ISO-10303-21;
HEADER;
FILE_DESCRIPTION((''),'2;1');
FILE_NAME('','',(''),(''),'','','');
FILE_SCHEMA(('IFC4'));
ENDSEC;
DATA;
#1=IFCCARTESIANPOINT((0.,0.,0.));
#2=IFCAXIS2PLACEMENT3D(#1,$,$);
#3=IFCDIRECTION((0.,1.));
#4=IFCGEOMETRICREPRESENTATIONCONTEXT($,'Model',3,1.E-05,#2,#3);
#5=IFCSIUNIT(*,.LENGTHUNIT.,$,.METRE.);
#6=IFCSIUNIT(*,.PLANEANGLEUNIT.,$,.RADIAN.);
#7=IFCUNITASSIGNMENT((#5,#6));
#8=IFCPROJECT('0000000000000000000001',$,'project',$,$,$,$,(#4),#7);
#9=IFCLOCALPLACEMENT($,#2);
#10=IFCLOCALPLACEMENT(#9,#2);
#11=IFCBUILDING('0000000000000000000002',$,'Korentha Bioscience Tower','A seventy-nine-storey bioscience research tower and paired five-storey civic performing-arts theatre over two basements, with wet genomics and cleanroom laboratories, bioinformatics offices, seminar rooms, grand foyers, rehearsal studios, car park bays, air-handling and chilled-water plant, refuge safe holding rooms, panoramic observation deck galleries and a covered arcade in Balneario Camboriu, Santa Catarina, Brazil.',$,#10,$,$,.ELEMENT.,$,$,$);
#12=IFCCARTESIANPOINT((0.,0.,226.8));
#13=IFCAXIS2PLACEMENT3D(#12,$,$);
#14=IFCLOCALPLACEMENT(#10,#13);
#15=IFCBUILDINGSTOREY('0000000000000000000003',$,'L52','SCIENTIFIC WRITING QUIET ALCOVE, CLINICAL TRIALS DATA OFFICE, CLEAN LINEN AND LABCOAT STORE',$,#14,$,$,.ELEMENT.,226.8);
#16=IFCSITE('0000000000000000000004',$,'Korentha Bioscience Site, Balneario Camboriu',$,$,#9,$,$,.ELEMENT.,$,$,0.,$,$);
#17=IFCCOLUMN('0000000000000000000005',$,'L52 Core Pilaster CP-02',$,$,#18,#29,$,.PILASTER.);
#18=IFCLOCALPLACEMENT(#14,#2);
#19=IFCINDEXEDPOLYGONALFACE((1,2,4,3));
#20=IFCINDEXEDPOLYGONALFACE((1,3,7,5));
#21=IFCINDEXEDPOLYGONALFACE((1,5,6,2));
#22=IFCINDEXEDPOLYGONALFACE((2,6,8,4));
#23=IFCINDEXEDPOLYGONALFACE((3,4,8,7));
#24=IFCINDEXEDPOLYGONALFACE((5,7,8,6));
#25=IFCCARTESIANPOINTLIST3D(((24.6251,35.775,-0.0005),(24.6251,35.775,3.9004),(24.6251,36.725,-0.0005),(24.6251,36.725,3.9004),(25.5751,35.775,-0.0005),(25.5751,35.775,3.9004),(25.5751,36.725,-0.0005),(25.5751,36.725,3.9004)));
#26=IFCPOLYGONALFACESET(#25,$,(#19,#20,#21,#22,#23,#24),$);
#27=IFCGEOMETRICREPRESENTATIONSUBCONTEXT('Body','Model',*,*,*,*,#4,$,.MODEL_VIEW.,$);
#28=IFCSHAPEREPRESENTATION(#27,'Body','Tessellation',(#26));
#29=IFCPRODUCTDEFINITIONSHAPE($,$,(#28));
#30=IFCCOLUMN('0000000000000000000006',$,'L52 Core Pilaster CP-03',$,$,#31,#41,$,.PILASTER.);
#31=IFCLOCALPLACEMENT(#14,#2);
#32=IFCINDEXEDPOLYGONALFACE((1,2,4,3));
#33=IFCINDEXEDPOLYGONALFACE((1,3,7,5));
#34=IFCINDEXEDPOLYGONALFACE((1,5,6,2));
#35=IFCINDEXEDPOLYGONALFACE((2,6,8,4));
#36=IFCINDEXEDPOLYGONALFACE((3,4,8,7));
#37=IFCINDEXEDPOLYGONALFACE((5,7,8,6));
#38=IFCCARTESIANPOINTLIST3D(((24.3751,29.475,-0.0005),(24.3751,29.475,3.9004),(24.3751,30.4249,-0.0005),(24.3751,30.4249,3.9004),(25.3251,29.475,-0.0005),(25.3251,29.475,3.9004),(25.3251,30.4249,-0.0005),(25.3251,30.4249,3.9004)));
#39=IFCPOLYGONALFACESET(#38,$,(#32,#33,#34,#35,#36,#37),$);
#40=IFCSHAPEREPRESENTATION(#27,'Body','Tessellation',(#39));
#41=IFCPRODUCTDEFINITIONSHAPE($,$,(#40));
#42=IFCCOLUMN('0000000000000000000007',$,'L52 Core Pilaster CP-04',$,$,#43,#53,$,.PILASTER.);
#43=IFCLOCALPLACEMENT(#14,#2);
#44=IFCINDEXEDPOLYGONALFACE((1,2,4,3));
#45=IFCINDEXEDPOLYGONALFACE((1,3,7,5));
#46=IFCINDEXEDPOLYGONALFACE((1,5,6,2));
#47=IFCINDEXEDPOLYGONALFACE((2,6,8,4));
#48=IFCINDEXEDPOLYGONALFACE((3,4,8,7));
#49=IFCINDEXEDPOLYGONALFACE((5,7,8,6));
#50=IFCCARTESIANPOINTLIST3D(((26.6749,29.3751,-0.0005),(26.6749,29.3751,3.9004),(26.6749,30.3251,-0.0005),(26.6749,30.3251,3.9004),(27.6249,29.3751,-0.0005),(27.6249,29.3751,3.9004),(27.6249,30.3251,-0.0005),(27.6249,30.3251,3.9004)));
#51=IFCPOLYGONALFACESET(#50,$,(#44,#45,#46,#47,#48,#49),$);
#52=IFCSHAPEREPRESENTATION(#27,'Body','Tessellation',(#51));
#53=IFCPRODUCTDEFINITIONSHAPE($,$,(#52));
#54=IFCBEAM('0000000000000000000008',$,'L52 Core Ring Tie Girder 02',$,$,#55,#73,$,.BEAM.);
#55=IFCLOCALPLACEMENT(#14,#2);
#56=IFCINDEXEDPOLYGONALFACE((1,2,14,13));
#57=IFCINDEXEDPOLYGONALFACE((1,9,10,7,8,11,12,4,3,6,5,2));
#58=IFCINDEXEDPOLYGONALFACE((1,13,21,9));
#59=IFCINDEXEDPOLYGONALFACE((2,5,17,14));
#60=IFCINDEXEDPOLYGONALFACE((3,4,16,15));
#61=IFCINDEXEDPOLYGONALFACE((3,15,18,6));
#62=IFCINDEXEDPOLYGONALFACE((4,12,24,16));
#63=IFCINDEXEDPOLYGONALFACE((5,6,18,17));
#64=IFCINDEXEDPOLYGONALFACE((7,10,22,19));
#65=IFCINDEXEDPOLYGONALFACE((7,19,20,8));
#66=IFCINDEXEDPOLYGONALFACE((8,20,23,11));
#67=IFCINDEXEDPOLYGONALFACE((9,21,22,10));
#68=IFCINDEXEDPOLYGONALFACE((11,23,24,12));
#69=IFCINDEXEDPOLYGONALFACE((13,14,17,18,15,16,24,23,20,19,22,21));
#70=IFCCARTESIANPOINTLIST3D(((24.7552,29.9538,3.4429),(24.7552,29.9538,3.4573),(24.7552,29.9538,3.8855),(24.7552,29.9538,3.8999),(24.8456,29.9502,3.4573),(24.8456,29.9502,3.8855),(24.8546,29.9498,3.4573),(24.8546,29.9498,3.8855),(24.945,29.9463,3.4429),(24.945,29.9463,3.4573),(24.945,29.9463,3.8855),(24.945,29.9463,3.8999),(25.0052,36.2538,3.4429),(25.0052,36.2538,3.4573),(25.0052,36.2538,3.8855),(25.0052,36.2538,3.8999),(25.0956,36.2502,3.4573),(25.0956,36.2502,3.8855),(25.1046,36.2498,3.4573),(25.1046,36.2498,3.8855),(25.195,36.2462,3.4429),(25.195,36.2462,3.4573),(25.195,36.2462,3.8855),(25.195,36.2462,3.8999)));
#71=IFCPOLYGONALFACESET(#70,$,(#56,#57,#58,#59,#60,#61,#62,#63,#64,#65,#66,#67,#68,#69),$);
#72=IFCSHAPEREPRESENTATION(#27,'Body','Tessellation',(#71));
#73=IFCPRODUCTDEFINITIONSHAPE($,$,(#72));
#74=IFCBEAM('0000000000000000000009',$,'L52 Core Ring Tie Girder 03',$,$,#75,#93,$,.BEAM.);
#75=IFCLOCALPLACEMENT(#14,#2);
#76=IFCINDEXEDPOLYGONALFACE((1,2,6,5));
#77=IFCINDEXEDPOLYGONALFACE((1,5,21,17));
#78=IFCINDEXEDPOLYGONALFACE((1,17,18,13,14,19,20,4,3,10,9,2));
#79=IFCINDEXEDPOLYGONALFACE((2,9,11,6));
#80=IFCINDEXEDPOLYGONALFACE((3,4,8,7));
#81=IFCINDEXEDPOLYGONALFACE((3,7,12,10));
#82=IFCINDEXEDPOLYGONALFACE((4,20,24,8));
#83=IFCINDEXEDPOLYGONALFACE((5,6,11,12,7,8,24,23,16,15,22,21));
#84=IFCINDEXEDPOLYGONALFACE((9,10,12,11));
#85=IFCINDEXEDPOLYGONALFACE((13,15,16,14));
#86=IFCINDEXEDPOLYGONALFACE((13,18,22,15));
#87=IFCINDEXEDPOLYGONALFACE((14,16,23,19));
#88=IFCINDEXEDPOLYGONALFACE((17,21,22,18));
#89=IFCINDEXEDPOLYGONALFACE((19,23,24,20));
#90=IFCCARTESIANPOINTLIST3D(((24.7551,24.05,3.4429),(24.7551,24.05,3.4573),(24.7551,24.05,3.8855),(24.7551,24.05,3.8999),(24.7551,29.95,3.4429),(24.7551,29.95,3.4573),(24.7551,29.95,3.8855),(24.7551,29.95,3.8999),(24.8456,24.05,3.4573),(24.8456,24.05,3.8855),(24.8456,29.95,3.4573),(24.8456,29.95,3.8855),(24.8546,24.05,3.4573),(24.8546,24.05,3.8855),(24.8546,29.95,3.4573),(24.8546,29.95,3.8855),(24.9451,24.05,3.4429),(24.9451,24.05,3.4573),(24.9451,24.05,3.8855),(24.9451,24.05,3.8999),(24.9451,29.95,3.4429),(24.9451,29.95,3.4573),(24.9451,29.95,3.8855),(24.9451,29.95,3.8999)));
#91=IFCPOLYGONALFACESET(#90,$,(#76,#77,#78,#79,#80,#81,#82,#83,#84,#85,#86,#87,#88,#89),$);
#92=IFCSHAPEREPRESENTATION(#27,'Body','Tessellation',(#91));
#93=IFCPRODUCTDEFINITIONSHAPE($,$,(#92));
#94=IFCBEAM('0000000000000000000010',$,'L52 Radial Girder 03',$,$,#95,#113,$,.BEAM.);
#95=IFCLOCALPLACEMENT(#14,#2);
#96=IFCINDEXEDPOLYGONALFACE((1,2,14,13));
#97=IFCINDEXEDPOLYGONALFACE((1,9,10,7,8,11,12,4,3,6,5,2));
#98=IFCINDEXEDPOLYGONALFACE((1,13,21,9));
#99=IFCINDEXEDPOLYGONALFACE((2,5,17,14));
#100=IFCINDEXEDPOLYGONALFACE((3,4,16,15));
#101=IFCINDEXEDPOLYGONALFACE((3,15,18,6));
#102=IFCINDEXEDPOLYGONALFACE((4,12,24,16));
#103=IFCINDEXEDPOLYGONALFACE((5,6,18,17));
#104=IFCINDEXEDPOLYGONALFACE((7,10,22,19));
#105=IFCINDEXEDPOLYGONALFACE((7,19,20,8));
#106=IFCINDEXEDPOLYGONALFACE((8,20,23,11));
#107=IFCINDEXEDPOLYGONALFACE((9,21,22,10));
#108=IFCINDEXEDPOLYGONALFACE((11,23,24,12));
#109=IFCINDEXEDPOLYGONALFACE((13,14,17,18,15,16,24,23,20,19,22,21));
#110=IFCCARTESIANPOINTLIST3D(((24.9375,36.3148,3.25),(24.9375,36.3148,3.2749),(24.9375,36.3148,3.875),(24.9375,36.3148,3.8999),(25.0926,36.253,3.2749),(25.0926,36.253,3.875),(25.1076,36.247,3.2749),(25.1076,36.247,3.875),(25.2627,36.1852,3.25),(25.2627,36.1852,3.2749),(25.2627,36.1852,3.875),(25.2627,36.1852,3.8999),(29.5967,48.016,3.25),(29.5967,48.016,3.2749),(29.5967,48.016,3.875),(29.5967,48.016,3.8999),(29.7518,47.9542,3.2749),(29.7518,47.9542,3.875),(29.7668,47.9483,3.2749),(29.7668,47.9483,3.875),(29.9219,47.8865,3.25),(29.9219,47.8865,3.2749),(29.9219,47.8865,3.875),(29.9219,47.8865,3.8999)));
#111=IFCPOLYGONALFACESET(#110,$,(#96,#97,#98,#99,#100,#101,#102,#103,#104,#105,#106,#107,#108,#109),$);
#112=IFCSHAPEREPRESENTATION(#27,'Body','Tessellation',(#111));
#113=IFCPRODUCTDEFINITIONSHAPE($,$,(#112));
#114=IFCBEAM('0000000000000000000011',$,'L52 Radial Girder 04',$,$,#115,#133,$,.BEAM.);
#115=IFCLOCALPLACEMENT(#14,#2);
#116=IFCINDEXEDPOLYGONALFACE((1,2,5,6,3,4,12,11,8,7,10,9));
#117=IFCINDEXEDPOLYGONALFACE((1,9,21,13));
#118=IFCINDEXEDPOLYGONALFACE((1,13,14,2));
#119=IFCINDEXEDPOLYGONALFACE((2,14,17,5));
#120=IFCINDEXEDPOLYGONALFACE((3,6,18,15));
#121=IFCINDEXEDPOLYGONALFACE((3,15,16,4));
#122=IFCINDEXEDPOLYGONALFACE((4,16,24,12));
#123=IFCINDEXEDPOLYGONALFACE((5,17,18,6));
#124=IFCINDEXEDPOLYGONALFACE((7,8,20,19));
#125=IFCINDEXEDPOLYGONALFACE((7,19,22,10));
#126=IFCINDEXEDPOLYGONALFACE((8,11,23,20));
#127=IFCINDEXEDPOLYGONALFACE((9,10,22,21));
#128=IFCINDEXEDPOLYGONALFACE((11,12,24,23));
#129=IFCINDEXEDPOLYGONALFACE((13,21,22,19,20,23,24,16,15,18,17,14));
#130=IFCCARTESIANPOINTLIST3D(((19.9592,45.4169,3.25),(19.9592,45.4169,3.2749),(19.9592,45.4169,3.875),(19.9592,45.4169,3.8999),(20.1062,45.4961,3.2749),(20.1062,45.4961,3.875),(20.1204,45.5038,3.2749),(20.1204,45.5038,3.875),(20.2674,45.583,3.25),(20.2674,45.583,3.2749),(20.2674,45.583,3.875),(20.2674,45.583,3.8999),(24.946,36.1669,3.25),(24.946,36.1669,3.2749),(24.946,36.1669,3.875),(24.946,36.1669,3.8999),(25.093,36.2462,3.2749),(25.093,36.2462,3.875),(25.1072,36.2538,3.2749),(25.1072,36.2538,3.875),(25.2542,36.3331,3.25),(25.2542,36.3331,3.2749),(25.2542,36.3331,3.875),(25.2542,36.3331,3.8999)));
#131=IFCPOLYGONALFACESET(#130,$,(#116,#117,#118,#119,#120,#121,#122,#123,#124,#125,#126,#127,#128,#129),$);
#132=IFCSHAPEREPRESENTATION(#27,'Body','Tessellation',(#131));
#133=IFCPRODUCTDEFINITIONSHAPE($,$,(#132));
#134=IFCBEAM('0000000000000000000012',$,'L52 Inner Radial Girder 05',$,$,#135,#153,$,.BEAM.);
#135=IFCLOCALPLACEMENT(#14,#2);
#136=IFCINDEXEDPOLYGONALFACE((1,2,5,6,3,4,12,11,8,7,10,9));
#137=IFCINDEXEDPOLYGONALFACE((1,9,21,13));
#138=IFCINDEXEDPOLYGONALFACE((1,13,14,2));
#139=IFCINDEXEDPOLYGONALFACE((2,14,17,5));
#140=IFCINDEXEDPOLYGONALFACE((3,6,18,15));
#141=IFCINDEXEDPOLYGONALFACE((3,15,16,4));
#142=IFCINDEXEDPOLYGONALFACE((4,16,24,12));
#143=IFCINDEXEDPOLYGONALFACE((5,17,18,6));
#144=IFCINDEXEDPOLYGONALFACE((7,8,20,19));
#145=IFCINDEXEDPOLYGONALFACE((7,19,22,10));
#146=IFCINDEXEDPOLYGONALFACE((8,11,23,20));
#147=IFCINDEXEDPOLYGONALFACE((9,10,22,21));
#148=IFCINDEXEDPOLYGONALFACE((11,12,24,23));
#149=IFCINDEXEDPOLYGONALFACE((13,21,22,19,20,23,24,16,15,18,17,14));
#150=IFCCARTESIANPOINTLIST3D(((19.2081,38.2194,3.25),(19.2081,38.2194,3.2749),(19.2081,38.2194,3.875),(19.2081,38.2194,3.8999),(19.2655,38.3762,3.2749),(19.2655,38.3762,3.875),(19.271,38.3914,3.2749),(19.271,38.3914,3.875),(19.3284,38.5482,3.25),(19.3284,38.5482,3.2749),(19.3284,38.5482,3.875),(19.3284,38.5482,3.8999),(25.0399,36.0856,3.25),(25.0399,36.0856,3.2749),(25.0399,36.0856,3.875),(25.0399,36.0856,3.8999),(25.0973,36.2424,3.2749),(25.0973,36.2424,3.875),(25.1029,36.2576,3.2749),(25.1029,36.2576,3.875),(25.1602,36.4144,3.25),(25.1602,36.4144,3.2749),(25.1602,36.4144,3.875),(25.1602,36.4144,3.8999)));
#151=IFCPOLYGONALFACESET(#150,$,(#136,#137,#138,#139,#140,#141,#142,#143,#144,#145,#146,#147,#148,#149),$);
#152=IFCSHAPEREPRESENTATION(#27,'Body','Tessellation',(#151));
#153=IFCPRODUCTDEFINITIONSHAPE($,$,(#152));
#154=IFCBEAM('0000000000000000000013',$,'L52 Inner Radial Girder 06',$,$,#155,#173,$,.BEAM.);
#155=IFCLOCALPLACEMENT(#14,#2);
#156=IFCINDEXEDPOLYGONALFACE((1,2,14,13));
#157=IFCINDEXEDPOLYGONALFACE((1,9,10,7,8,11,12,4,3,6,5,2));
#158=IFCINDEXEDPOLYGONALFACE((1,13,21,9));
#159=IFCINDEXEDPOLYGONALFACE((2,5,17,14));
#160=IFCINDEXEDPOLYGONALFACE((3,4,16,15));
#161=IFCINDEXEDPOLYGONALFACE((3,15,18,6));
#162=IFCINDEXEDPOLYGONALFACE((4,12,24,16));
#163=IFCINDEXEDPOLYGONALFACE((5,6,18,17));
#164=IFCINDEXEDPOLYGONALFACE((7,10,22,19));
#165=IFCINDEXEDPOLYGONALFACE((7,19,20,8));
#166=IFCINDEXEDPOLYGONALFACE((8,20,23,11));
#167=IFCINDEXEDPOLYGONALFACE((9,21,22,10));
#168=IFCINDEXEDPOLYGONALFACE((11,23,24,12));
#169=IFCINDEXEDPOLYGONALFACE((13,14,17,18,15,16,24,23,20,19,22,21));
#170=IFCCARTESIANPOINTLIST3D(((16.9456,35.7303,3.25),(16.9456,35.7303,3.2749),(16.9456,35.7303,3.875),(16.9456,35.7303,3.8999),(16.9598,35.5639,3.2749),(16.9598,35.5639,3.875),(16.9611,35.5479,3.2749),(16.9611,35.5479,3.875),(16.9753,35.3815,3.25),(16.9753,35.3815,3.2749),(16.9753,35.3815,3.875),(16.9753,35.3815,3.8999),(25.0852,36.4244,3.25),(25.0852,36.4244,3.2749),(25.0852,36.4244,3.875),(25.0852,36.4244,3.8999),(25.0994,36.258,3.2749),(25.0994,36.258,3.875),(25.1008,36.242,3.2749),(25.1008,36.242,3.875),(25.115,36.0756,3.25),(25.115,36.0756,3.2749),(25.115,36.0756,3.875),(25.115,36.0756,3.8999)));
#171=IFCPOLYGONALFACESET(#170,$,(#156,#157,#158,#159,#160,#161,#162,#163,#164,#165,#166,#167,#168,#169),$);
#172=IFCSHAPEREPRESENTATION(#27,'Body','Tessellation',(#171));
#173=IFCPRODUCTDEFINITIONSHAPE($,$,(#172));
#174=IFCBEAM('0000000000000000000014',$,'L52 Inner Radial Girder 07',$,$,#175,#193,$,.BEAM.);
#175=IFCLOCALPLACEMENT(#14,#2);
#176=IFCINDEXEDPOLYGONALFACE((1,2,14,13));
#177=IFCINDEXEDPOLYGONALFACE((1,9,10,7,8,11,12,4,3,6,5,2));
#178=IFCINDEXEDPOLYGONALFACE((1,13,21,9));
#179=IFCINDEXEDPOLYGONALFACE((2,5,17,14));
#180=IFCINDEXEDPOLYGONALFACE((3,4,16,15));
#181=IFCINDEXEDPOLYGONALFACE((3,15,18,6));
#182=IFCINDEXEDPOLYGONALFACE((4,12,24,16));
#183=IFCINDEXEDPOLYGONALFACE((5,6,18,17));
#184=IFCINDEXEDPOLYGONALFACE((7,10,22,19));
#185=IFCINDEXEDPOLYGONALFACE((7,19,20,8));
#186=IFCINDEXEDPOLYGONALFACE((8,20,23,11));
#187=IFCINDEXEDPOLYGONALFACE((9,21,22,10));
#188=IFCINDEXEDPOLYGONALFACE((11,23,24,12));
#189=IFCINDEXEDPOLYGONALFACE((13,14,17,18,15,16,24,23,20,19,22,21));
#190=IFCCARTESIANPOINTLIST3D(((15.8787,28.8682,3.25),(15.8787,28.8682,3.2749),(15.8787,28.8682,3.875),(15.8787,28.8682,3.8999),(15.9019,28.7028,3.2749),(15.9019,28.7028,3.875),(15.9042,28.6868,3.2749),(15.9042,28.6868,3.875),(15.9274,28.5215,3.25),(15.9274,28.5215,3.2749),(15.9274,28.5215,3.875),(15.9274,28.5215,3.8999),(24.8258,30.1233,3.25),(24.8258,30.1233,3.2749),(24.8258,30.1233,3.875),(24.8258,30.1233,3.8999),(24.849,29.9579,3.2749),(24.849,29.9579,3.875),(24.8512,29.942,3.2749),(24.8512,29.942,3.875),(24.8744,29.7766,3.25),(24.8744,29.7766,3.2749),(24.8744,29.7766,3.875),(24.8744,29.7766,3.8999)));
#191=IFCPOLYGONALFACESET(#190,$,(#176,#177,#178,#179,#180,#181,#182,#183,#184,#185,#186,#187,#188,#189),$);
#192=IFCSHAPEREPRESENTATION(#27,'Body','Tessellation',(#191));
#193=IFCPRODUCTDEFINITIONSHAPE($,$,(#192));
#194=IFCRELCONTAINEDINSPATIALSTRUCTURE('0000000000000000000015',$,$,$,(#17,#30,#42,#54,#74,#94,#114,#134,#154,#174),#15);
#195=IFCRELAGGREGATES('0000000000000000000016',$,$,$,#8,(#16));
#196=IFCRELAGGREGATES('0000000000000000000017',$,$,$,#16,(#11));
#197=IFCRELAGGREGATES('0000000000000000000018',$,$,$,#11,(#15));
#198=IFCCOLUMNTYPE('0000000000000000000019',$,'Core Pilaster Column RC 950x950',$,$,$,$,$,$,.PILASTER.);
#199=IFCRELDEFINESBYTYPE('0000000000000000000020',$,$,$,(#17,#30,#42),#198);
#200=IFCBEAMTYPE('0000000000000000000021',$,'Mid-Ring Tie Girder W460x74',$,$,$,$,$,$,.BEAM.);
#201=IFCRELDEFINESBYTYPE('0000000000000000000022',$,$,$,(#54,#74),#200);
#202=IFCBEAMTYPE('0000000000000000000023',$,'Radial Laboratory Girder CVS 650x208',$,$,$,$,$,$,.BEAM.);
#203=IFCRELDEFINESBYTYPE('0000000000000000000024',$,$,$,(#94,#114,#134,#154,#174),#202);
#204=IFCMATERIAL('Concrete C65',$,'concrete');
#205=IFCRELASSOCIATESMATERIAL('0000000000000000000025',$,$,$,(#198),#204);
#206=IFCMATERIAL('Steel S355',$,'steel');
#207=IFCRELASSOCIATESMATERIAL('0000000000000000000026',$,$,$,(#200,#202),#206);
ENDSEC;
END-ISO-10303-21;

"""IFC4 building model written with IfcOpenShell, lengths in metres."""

from ifc_helpers import new_model, si_unit, direction, frame, origin, origin_2d, place, context, subcontext, project, spatial, rectangle, i_section, extrude, material, material_profile, profile_set, type_object, element, save


model = new_model("IFC4")

# Units and contexts
model_context = context("Model", 3, precision=1e-05, world=origin(), true_north=direction((0.0, 1.0)))
body_context = subcontext(model_context, "Body", "Model", "MODEL_VIEW")
ifc_project = project(units=[si_unit("LENGTHUNIT", "METRE"), si_unit("PLANEANGLEUNIT", "RADIAN")], contexts=[model_context])

# Site, building, storey
site_placement = place(None, origin())
site = spatial("IfcSite", under=ifc_project, at=site_placement, Name="Korentha Bioscience Site, Balneario Camboriu", CompositionType="ELEMENT", RefElevation=0.0)
building_placement = place(site_placement, origin())
building = spatial("IfcBuilding", under=site, at=building_placement, Name="Korentha Bioscience Tower", Description="A seventy-nine-storey bioscience research tower and paired five-storey civic performing-arts theatre over two basements, with wet genomics and cleanroom laboratories, bioinformatics offices, seminar rooms, grand foyers, rehearsal studios, car park bays, air-handling and chilled-water plant, refuge safe holding rooms, panoramic observation deck galleries and a covered arcade in Balneario Camboriu, Santa Catarina, Brazil.", CompositionType="ELEMENT")
storey_placement = place(building_placement, frame((0.0, 0.0, 226.8)))
storey = spatial("IfcBuildingStorey", under=building, at=storey_placement, Name="L52", Description="SCIENTIFIC WRITING QUIET ALCOVE, CLINICAL TRIALS DATA OFFICE, CLEAN LINEN AND LABCOAT STORE", CompositionType="ELEMENT", Elevation=226.8)

# Columns
ifc_material_1 = material(Name="Concrete C65", Category="concrete")
ifc_material_profile_1 = material_profile(ifc_material_1, rectangle(XDim=0.95, YDim=0.95, at=origin_2d()), Name="Concrete C65")
ifc_profile_set_1 = profile_set([ifc_material_profile_1], Name="Concrete C65 (COL-CP09)")
column_type = type_object("IfcColumnType", Name="Core Pilaster Column RC 950x950", PredefinedType="PILASTER", material=ifc_profile_set_1)
for number, where, z_axis, x_axis, name in (
    (1, (25.1001, 36.25, -0.0005), (0.0, 0.0, 1.0), (1.0, 0.0, 0.0), "L52 Core Pilaster CP-02"),
    (2, (24.8501, 29.95, -0.0005), (0.0, 0.0, 1.0), (1.0, 0.0, 0.0), "L52 Core Pilaster CP-03"),
    (3, (27.1499, 29.8501, -0.0005), (0.0, 0.0, 1.0), (1.0, 0.0, 0.0), "L52 Core Pilaster CP-04"),
):
    element("IfcColumn", number, at=place(storey_placement, frame(where, z_axis=z_axis, x_axis=x_axis)), inside=storey, type_object=column_type, Name=name, PredefinedType="PILASTER", context=body_context, shape_type="SweptSolid", body=[
        extrude(rectangle(XDim=0.95, YDim=0.95, at=origin_2d()), origin(), (0.0, 0.0, 1.0), 3.9009),
    ])

# Beams
ifc_material_2 = material(Name="Steel S355", Category="steel")
ifc_material_profile_2 = material_profile(ifc_material_2, i_section(OverallWidth=0.1899, OverallDepth=0.457, WebThickness=0.009, FlangeThickness=0.0144, at=origin_2d()), Name="Steel S355")
ifc_profile_set_2 = profile_set([ifc_material_profile_2], Name="Steel S355 (MB-460)")
beam_type_1 = type_object("IfcBeamType", Name="Mid-Ring Tie Girder W460x74", PredefinedType="BEAM", material=ifc_profile_set_2)
beam_1_placement = place(storey_placement, frame((25.1001, 36.25, 3.6714), z_axis=(-0.039651, -0.999214, 0.0), x_axis=(0.999214, -0.039651, 0.0)))
element("IfcBeam", 4, at=beam_1_placement, inside=storey, type_object=beam_type_1, Name="L52 Core Ring Tie Girder 02", PredefinedType="BEAM", context=body_context, shape_type="SweptSolid", body=[
    extrude(i_section(OverallWidth=0.1899, OverallDepth=0.457, WebThickness=0.009, FlangeThickness=0.0144, at=origin_2d()), origin(), (0.0, 0.0, 1.0), 6.3049),
])
beam_2_placement = place(storey_placement, frame((24.8501, 29.95, 3.6714), z_axis=(0.0, -1.0, 0.0), x_axis=(1.0, 0.0, 0.0)))
element("IfcBeam", 5, at=beam_2_placement, inside=storey, type_object=beam_type_1, Name="L52 Core Ring Tie Girder 03", PredefinedType="BEAM", context=body_context, shape_type="SweptSolid", body=[
    extrude(i_section(OverallWidth=0.1899, OverallDepth=0.457, WebThickness=0.009, FlangeThickness=0.0144, at=origin_2d()), origin(), (0.0, 0.0, 1.0), 5.8999),
])
ifc_material_profile_3 = material_profile(ifc_material_2, i_section(OverallWidth=0.3501, OverallDepth=0.6499, WebThickness=0.0161, FlangeThickness=0.0249, at=origin_2d()), Name="Steel S355")
ifc_profile_set_3 = profile_set([ifc_material_profile_3], Name="Steel S355 (RB-650)")
beam_type_2 = type_object("IfcBeamType", Name="Radial Laboratory Girder CVS 650x208", PredefinedType="BEAM", material=ifc_profile_set_3)
beam_3_placement = place(storey_placement, frame((25.1001, 36.25, 3.575), z_axis=(0.369933, 0.929058, 0.0), x_axis=(-0.929058, 0.369933, 0.0)))
element("IfcBeam", 6, at=beam_3_placement, inside=storey, type_object=beam_type_2, Name="L52 Radial Girder 03", PredefinedType="BEAM", context=body_context, shape_type="SweptSolid", body=[
    extrude(i_section(OverallWidth=0.3501, OverallDepth=0.6499, WebThickness=0.0161, FlangeThickness=0.0249, at=origin_2d()), origin(), (0.0, 0.0, 1.0), 12.5947),
])
beam_4_placement = place(storey_placement, frame((25.1001, 36.25, 3.575), z_axis=(-0.474546, 0.880231, 0.0), x_axis=(-0.880231, -0.474546, 0.0)))
element("IfcBeam", 7, at=beam_4_placement, inside=storey, type_object=beam_type_2, Name="L52 Radial Girder 04", PredefinedType="BEAM", context=body_context, shape_type="SweptSolid", body=[
    extrude(i_section(OverallWidth=0.3501, OverallDepth=0.6499, WebThickness=0.0161, FlangeThickness=0.0249, at=origin_2d()), origin(), (0.0, 0.0, 1.0), 10.5085),
])
beam_5_placement = place(storey_placement, frame((25.1001, 36.25, 3.575), z_axis=(-0.939112, 0.343611, 0.0), x_axis=(-0.343611, -0.939112, 0.0)))
element("IfcBeam", 8, at=beam_5_placement, inside=storey, type_object=beam_type_2, Name="L52 Inner Radial Girder 05", PredefinedType="BEAM", context=body_context, shape_type="SweptSolid", body=[
    extrude(i_section(OverallWidth=0.3501, OverallDepth=0.6499, WebThickness=0.0161, FlangeThickness=0.0249, at=origin_2d()), origin(), (0.0, 0.0, 1.0), 6.21),
])
beam_6_placement = place(storey_placement, frame((25.1001, 36.25, 3.575), z_axis=(-0.996384, -0.084965, 0.0), x_axis=(0.084965, -0.996384, 0.0)))
element("IfcBeam", 9, at=beam_6_placement, inside=storey, type_object=beam_type_2, Name="L52 Inner Radial Girder 06", PredefinedType="BEAM", context=body_context, shape_type="SweptSolid", body=[
    extrude(i_section(OverallWidth=0.3501, OverallDepth=0.6499, WebThickness=0.0161, FlangeThickness=0.0249, at=origin_2d()), origin(), (0.0, 0.0, 1.0), 8.1692),
])
beam_7_placement = place(storey_placement, frame((24.8501, 29.95, 3.575), z_axis=(-0.990303, -0.138924, 0.0), x_axis=(0.138924, -0.990303, 0.0)))
element("IfcBeam", 10, at=beam_7_placement, inside=storey, type_object=beam_type_2, Name="L52 Inner Radial Girder 07", PredefinedType="BEAM", context=body_context, shape_type="SweptSolid", body=[
    extrude(i_section(OverallWidth=0.3501, OverallDepth=0.6499, WebThickness=0.0161, FlangeThickness=0.0249, at=origin_2d()), origin(), (0.0, 0.0, 1.0), 9.0347),
])

save(model, "model.ifc")
